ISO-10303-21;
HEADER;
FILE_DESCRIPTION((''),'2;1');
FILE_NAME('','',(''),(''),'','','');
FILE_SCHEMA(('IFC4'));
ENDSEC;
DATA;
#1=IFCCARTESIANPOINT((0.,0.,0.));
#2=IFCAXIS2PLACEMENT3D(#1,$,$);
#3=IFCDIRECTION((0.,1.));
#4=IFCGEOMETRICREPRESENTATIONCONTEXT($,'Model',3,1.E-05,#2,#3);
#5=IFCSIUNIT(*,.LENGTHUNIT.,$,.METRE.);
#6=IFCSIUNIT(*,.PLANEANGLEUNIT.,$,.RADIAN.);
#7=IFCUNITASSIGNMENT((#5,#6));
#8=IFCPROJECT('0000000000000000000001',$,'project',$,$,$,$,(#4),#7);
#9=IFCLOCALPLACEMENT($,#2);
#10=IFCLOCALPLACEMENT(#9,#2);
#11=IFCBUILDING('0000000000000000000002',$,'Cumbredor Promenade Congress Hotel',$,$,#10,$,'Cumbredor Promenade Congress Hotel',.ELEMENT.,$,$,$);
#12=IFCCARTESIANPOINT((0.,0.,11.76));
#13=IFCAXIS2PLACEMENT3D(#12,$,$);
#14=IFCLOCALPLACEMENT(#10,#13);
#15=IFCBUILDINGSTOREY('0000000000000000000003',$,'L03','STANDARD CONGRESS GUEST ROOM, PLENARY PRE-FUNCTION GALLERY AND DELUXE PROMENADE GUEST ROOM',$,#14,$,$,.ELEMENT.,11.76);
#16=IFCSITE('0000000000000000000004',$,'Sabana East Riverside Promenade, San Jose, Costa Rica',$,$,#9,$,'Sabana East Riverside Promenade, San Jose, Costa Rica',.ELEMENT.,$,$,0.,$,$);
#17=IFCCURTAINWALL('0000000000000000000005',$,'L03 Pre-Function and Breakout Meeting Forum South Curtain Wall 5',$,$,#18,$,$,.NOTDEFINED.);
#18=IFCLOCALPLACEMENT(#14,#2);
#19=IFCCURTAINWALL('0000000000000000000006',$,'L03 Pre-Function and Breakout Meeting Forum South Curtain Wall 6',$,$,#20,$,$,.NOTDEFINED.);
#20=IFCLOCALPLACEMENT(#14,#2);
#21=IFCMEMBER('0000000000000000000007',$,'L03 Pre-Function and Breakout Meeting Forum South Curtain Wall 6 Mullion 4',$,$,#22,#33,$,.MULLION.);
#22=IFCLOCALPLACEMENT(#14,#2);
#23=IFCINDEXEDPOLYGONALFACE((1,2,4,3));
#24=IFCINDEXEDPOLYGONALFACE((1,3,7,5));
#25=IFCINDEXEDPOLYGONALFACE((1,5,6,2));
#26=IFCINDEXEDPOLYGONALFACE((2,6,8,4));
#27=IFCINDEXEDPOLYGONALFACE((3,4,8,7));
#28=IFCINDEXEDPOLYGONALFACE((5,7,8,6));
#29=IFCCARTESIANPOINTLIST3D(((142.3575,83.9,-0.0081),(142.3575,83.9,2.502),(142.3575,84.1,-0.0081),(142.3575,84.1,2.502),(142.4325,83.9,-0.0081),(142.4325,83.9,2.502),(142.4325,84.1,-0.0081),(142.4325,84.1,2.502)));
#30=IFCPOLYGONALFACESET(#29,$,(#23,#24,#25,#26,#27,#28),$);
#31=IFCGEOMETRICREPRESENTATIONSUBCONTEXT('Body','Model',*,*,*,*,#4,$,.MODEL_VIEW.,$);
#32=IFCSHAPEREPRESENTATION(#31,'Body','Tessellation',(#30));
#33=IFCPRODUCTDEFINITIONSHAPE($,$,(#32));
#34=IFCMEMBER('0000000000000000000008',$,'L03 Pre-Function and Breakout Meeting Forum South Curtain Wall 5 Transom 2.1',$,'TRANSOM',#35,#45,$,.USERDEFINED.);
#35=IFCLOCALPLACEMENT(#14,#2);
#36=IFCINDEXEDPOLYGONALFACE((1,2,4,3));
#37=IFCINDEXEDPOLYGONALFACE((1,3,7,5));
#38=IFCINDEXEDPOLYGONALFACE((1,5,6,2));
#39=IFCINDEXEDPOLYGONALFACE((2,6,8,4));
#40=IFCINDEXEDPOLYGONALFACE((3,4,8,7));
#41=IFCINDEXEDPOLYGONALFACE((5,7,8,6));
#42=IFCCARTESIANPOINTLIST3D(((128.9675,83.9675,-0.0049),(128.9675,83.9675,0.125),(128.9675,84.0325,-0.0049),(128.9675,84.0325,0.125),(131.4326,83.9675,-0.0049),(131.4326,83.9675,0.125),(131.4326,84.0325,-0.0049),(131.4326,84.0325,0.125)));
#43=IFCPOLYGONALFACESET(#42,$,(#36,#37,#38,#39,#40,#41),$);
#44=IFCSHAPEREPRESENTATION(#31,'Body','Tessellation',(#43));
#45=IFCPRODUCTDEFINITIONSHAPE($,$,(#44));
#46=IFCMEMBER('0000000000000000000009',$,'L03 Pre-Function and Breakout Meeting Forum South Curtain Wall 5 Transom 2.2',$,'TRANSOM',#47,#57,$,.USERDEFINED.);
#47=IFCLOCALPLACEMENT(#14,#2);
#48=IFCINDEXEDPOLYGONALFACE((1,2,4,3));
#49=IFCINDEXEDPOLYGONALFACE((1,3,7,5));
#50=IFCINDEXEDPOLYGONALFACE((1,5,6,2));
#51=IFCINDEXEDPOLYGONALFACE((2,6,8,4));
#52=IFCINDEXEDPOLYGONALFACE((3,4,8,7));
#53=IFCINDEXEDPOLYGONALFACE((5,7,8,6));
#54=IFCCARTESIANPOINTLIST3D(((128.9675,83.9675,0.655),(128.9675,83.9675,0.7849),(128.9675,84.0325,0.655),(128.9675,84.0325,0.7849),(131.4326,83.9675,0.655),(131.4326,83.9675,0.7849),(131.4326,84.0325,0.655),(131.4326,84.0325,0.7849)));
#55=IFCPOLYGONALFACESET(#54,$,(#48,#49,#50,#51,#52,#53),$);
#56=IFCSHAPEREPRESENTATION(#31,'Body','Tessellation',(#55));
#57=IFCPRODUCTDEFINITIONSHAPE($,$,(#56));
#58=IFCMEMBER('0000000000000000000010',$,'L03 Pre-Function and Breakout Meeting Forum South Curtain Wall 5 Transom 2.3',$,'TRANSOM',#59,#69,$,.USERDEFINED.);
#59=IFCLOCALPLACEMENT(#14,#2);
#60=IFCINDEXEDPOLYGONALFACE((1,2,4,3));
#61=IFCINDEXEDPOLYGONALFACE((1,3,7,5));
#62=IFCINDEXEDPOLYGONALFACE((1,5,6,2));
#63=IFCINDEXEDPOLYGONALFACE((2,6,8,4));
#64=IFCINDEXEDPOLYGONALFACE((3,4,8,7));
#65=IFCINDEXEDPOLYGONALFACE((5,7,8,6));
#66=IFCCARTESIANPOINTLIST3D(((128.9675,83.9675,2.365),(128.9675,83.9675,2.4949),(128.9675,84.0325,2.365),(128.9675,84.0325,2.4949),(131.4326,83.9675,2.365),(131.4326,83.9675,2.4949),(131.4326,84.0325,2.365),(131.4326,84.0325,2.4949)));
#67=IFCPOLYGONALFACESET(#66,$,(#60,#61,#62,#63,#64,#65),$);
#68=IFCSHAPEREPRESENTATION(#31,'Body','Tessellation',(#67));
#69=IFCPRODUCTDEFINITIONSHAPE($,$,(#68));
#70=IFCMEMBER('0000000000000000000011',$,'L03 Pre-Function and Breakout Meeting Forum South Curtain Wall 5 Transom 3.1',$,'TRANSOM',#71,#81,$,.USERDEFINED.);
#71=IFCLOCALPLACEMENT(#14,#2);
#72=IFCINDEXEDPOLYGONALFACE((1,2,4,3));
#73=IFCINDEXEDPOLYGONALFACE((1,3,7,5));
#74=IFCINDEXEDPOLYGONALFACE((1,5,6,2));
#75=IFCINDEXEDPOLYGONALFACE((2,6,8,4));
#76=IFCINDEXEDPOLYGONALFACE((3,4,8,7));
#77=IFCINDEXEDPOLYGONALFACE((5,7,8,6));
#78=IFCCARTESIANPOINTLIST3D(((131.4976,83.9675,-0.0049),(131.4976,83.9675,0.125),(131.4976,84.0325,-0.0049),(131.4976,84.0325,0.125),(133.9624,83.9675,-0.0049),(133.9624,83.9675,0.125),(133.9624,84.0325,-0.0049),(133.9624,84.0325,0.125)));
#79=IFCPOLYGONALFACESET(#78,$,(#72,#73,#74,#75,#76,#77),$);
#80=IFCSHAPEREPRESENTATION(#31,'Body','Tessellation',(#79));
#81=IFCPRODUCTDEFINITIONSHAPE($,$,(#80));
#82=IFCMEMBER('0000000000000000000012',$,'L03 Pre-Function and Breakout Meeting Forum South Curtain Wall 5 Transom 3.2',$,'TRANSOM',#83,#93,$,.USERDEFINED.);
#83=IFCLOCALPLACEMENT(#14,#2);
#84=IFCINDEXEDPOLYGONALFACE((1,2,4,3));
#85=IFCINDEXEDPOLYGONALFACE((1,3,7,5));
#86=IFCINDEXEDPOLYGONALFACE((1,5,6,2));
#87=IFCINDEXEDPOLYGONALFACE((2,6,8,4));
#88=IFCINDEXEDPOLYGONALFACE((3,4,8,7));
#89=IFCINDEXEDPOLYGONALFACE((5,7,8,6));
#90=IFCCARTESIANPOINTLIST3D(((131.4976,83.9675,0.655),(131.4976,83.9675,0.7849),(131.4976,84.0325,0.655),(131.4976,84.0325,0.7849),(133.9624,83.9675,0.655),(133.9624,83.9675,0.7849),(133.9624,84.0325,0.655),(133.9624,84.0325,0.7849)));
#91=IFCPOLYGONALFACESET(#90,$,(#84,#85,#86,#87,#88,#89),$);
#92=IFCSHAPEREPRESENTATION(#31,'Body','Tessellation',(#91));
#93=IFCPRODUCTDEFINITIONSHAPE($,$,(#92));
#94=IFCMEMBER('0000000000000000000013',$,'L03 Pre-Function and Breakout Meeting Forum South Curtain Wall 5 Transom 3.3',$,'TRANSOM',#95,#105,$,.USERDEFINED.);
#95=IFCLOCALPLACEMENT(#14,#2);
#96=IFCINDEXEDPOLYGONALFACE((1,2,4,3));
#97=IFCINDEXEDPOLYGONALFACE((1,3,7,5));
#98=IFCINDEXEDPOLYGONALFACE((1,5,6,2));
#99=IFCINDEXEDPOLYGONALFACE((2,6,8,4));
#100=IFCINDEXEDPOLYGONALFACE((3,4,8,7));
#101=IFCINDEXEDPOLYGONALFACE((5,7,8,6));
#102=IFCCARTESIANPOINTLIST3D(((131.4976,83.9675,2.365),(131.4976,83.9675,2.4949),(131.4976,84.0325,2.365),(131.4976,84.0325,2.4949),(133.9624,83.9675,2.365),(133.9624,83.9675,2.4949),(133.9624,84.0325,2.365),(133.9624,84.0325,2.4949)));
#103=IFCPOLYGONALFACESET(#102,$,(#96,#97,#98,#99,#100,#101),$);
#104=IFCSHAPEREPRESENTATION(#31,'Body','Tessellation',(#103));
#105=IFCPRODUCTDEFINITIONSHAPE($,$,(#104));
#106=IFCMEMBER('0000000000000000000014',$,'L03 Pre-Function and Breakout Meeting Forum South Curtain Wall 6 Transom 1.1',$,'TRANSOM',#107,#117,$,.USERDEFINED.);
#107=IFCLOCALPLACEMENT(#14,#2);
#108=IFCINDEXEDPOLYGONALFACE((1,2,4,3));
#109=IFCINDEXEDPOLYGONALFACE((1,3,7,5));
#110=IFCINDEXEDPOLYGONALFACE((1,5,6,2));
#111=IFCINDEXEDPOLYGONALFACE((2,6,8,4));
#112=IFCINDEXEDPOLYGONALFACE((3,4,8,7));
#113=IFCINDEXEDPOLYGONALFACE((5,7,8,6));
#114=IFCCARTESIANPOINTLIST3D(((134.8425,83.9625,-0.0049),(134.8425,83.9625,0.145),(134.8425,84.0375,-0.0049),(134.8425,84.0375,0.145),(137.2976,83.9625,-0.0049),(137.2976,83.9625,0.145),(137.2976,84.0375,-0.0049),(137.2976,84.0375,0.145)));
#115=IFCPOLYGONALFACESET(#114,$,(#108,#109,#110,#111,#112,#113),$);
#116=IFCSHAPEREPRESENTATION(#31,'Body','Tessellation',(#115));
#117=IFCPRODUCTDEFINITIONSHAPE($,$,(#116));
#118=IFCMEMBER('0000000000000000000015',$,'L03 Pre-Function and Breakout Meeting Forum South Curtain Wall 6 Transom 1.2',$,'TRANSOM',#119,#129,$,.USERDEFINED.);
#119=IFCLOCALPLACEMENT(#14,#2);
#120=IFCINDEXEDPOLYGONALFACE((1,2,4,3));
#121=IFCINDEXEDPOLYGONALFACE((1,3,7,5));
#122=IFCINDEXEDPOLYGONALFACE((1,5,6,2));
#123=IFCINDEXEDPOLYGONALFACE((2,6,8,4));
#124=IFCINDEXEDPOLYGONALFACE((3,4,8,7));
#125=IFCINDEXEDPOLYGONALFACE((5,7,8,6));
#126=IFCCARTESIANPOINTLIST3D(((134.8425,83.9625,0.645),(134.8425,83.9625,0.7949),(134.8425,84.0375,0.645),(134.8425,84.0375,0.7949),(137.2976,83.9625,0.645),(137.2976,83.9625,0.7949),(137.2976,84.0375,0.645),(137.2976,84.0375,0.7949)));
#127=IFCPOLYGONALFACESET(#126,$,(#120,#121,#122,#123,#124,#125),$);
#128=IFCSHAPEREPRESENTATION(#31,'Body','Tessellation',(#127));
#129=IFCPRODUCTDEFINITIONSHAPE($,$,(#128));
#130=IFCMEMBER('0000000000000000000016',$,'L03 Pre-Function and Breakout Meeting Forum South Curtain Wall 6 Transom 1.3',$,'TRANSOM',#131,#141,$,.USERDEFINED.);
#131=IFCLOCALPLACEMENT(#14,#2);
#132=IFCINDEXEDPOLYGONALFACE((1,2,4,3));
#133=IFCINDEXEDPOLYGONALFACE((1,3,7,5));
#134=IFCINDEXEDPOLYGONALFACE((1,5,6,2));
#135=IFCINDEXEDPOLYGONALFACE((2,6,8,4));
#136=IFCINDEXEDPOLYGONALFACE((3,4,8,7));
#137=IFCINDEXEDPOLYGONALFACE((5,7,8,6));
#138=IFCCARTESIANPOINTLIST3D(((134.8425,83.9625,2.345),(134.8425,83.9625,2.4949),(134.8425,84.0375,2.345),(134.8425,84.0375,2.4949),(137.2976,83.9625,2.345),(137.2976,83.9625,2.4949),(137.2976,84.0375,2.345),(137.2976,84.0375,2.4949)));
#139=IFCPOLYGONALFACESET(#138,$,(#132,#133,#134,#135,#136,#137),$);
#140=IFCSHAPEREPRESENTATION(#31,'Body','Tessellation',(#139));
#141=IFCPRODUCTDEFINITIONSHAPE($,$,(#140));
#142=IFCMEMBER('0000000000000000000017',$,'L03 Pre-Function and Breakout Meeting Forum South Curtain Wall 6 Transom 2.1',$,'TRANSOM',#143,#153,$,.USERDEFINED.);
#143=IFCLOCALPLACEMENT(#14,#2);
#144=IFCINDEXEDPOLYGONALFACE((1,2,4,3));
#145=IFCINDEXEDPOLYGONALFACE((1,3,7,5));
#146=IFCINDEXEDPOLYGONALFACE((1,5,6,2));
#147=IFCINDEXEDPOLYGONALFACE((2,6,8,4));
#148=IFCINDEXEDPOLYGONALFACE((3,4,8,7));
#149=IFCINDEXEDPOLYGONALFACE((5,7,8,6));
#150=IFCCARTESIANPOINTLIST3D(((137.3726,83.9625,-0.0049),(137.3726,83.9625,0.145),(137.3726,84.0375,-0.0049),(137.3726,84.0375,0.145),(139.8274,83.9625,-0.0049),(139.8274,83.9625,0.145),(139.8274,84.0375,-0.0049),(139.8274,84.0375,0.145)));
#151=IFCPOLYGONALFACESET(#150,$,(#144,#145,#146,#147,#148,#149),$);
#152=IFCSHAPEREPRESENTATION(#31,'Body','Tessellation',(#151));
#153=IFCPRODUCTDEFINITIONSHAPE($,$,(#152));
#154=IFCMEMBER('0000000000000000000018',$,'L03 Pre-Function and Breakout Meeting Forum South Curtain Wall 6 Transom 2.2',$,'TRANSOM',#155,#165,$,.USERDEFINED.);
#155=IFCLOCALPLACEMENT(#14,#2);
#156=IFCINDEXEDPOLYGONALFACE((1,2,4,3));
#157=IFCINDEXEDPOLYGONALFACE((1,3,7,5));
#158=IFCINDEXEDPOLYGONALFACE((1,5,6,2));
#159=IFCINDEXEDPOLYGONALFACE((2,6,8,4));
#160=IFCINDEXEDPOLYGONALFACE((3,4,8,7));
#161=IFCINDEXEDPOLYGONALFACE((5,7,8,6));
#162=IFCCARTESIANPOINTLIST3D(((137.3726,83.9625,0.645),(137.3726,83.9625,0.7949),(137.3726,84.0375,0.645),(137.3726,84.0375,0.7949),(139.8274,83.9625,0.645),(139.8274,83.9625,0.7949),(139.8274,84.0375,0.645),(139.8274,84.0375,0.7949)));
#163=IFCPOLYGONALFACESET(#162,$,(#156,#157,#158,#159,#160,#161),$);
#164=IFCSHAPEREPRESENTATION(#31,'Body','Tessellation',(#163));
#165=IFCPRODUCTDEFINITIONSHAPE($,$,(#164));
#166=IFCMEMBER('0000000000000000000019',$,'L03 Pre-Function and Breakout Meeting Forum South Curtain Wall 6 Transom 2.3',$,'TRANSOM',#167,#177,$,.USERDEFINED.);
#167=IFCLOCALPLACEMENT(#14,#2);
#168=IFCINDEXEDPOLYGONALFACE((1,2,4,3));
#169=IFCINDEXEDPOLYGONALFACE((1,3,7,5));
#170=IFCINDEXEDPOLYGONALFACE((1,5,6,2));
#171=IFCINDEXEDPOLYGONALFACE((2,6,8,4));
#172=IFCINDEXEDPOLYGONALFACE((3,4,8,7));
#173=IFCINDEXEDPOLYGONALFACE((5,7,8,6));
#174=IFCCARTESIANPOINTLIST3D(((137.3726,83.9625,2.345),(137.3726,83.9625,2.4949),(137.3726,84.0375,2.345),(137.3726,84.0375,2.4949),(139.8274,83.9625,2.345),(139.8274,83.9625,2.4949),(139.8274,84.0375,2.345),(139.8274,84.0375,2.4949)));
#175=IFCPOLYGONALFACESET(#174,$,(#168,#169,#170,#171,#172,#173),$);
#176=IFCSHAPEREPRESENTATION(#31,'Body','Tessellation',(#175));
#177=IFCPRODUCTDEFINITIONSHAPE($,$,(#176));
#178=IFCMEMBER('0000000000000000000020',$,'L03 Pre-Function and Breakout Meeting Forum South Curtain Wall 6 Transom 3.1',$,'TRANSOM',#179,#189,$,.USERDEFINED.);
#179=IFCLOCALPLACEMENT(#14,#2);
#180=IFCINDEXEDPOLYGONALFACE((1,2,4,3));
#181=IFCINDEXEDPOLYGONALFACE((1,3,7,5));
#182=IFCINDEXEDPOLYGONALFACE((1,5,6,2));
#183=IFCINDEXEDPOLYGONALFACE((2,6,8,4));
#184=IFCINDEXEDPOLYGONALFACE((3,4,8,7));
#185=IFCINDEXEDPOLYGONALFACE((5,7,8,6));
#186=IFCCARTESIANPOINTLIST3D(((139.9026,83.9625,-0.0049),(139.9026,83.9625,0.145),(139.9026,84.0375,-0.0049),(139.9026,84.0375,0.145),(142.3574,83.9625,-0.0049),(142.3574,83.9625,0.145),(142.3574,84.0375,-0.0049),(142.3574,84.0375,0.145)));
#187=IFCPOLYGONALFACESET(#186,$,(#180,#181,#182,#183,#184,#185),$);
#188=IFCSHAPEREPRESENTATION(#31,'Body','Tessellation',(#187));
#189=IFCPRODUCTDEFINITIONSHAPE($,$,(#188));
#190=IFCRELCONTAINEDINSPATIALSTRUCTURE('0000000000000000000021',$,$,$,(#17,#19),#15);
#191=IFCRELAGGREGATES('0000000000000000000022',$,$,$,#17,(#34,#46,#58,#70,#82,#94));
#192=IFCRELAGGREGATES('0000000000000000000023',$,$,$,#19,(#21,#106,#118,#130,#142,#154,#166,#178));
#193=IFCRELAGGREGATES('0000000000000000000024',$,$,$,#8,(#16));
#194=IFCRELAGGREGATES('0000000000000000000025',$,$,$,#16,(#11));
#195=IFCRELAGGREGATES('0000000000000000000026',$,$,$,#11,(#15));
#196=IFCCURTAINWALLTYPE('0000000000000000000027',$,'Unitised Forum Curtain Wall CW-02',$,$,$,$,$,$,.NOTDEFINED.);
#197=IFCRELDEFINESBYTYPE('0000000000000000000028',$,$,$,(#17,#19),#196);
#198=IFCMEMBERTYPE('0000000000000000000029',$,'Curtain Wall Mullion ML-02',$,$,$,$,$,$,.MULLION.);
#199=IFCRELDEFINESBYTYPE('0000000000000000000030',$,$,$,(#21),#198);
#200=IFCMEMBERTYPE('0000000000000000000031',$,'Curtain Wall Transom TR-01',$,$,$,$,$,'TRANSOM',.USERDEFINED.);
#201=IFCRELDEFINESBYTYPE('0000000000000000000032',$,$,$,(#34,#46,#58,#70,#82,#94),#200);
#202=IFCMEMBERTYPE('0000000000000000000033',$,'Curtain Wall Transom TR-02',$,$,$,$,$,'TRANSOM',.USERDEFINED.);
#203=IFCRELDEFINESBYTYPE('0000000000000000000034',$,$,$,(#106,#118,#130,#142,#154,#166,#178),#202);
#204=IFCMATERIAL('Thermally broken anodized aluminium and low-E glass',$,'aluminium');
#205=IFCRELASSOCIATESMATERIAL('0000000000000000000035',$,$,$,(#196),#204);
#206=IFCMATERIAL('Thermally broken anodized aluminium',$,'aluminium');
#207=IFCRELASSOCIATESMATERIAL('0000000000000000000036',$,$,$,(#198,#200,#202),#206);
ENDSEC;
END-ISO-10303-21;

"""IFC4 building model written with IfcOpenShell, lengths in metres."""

from ifc_helpers import new_model, si_unit, direction, frame, origin, origin_2d, place, context, subcontext, project, spatial, rectangle, extrude, material, material_profile, profile_set, type_object, element, aggregate, save


model = new_model("IFC4")

# Units and contexts
model_context = context("Model", 3, precision=1e-05, world=origin(), true_north=direction((0.0, 1.0)))
body_context = subcontext(model_context, "Body", "Model", "MODEL_VIEW")
ifc_project = project(units=[si_unit("LENGTHUNIT", "METRE"), si_unit("PLANEANGLEUNIT", "RADIAN")], contexts=[model_context])

# Site, building, storey
site_placement = place(None, origin())
site = spatial("IfcSite", under=ifc_project, at=site_placement, Name="Sabana East Riverside Promenade, San Jose, Costa Rica", LongName="Sabana East Riverside Promenade, San Jose, Costa Rica", CompositionType="ELEMENT", RefElevation=0.0)
building_placement = place(site_placement, origin())
building = spatial("IfcBuilding", under=site, at=building_placement, Name="Cumbredor Promenade Congress Hotel", LongName="Cumbredor Promenade Congress Hotel", CompositionType="ELEMENT")
storey_placement = place(building_placement, frame((0.0, 0.0, 11.76)))
storey = spatial("IfcBuildingStorey", under=building, at=storey_placement, Name="L03", Description="STANDARD CONGRESS GUEST ROOM, PLENARY PRE-FUNCTION GALLERY AND DELUXE PROMENADE GUEST ROOM", CompositionType="ELEMENT", Elevation=11.76)

# Curtain walls, member
ifc_material_1 = material(Name="Thermally broken anodized aluminium and low-E glass", Category="aluminium")
curtain_wall_type = type_object("IfcCurtainWallType", Name="Unitised Forum Curtain Wall CW-02", PredefinedType="NOTDEFINED", material=ifc_material_1)
curtain_wall_1_placement = place(storey_placement, origin())
curtain_wall_1 = element("IfcCurtainWall", 1, at=curtain_wall_1_placement, inside=storey, type_object=curtain_wall_type, Name="L03 Pre-Function and Breakout Meeting Forum South Curtain Wall 5", PredefinedType="NOTDEFINED")
ifc_material_2 = material(Name="Thermally broken anodized aluminium", Category="aluminium")
curtain_wall_2_placement = place(storey_placement, origin())
curtain_wall_2 = element("IfcCurtainWall", 2, at=curtain_wall_2_placement, inside=storey, type_object=curtain_wall_type, Name="L03 Pre-Function and Breakout Meeting Forum South Curtain Wall 6", PredefinedType="NOTDEFINED")
ifc_material_profile_1 = material_profile(ifc_material_2, rectangle(XDim=0.075, YDim=0.2, at=origin_2d()), Name="ALU MULLION 75x200")
ifc_profile_set_1 = profile_set([ifc_material_profile_1], Name="Thermally broken anodized aluminium")
member_type_1 = type_object("IfcMemberType", Name="Curtain Wall Mullion ML-02", PredefinedType="MULLION", material=ifc_profile_set_1)
member_1_placement = place(storey_placement, frame((142.395, 84.0, -0.0081), z_axis=(0.0, 0.0, 1.0), x_axis=(1.0, 0.0, 0.0)))
member_1 = element("IfcMember", 3, at=member_1_placement, type_object=member_type_1, Name="L03 Pre-Function and Breakout Meeting Forum South Curtain Wall 6 Mullion 4", PredefinedType="MULLION", context=body_context, shape_type="SweptSolid", body=[
    extrude(rectangle(XDim=0.075, YDim=0.2, at=origin_2d()), origin(), (0.0, 0.0, 1.0), 2.51),
])

# Members
ifc_material_profile_2 = material_profile(ifc_material_2, rectangle(XDim=0.0649, YDim=0.1299, at=origin_2d()), Name="ALU TRANSOM 65x130")
ifc_profile_set_2 = profile_set([ifc_material_profile_2], Name="Thermally broken anodized aluminium")
member_type_2 = type_object("IfcMemberType", Name="Curtain Wall Transom TR-01", ElementType="TRANSOM", PredefinedType="USERDEFINED", material=ifc_profile_set_2)
member_2_placement = place(storey_placement, frame((128.9675, 84.0, 0.0601), z_axis=(1.0, 0.0, 0.0), x_axis=(0.0, 1.0, 0.0)))
member_2 = element("IfcMember", 4, at=member_2_placement, type_object=member_type_2, Name="L03 Pre-Function and Breakout Meeting Forum South Curtain Wall 5 Transom 2.1", ObjectType="TRANSOM", PredefinedType="USERDEFINED", context=body_context, shape_type="SweptSolid", body=[
    extrude(rectangle(XDim=0.0649, YDim=0.1299, at=origin_2d()), origin(), (0.0, 0.0, 1.0), 2.4651),
])
member_3_placement = place(storey_placement, frame((128.9675, 84.0, 0.72), z_axis=(1.0, 0.0, 0.0), x_axis=(0.0, 1.0, 0.0)))
member_3 = element("IfcMember", 5, at=member_3_placement, type_object=member_type_2, Name="L03 Pre-Function and Breakout Meeting Forum South Curtain Wall 5 Transom 2.2", ObjectType="TRANSOM", PredefinedType="USERDEFINED", context=body_context, shape_type="SweptSolid", body=[
    extrude(rectangle(XDim=0.0649, YDim=0.1299, at=origin_2d()), origin(), (0.0, 0.0, 1.0), 2.4651),
])
member_4_placement = place(storey_placement, frame((128.9675, 84.0, 2.4299), z_axis=(1.0, 0.0, 0.0), x_axis=(0.0, 1.0, 0.0)))
member_4 = element("IfcMember", 6, at=member_4_placement, type_object=member_type_2, Name="L03 Pre-Function and Breakout Meeting Forum South Curtain Wall 5 Transom 2.3", ObjectType="TRANSOM", PredefinedType="USERDEFINED", context=body_context, shape_type="SweptSolid", body=[
    extrude(rectangle(XDim=0.0649, YDim=0.1299, at=origin_2d()), origin(), (0.0, 0.0, 1.0), 2.4651),
])
member_5_placement = place(storey_placement, frame((131.4976, 84.0, 0.0601), z_axis=(1.0, 0.0, 0.0), x_axis=(0.0, 1.0, 0.0)))
member_5 = element("IfcMember", 7, at=member_5_placement, type_object=member_type_2, Name="L03 Pre-Function and Breakout Meeting Forum South Curtain Wall 5 Transom 3.1", ObjectType="TRANSOM", PredefinedType="USERDEFINED", context=body_context, shape_type="SweptSolid", body=[
    extrude(rectangle(XDim=0.0649, YDim=0.1299, at=origin_2d()), origin(), (0.0, 0.0, 1.0), 2.4648),
])
member_6_placement = place(storey_placement, frame((131.4976, 84.0, 0.72), z_axis=(1.0, 0.0, 0.0), x_axis=(0.0, 1.0, 0.0)))
member_6 = element("IfcMember", 8, at=member_6_placement, type_object=member_type_2, Name="L03 Pre-Function and Breakout Meeting Forum South Curtain Wall 5 Transom 3.2", ObjectType="TRANSOM", PredefinedType="USERDEFINED", context=body_context, shape_type="SweptSolid", body=[
    extrude(rectangle(XDim=0.0649, YDim=0.1299, at=origin_2d()), origin(), (0.0, 0.0, 1.0), 2.4648),
])
member_7_placement = place(storey_placement, frame((131.4976, 84.0, 2.4299), z_axis=(1.0, 0.0, 0.0), x_axis=(0.0, 1.0, 0.0)))
member_7 = element("IfcMember", 9, at=member_7_placement, type_object=member_type_2, Name="L03 Pre-Function and Breakout Meeting Forum South Curtain Wall 5 Transom 3.3", ObjectType="TRANSOM", PredefinedType="USERDEFINED", context=body_context, shape_type="SweptSolid", body=[
    extrude(rectangle(XDim=0.0649, YDim=0.1299, at=origin_2d()), origin(), (0.0, 0.0, 1.0), 2.4648),
])
ifc_material_profile_3 = material_profile(ifc_material_2, rectangle(XDim=0.075, YDim=0.1499, at=origin_2d()), Name="ALU TRANSOM 75x150")
ifc_profile_set_3 = profile_set([ifc_material_profile_3], Name="Thermally broken anodized aluminium")
member_type_3 = type_object("IfcMemberType", Name="Curtain Wall Transom TR-02", ElementType="TRANSOM", PredefinedType="USERDEFINED", material=ifc_profile_set_3)
member_8_placement = place(storey_placement, frame((134.8425, 84.0, 0.0701), z_axis=(1.0, 0.0, 0.0), x_axis=(0.0, 1.0, 0.0)))
member_8 = element("IfcMember", 10, at=member_8_placement, type_object=member_type_3, Name="L03 Pre-Function and Breakout Meeting Forum South Curtain Wall 6 Transom 1.1", ObjectType="TRANSOM", PredefinedType="USERDEFINED", context=body_context, shape_type="SweptSolid", body=[
    extrude(rectangle(XDim=0.075, YDim=0.1499, at=origin_2d()), origin(), (0.0, 0.0, 1.0), 2.4551),
])
member_9_placement = place(storey_placement, frame((134.8425, 84.0, 0.72), z_axis=(1.0, 0.0, 0.0), x_axis=(0.0, 1.0, 0.0)))
member_9 = element("IfcMember", 11, at=member_9_placement, type_object=member_type_3, Name="L03 Pre-Function and Breakout Meeting Forum South Curtain Wall 6 Transom 1.2", ObjectType="TRANSOM", PredefinedType="USERDEFINED", context=body_context, shape_type="SweptSolid", body=[
    extrude(rectangle(XDim=0.075, YDim=0.1499, at=origin_2d()), origin(), (0.0, 0.0, 1.0), 2.4551),
])
member_10_placement = place(storey_placement, frame((134.8425, 84.0, 2.4199), z_axis=(1.0, 0.0, 0.0), x_axis=(0.0, 1.0, 0.0)))
member_10 = element("IfcMember", 12, at=member_10_placement, type_object=member_type_3, Name="L03 Pre-Function and Breakout Meeting Forum South Curtain Wall 6 Transom 1.3", ObjectType="TRANSOM", PredefinedType="USERDEFINED", context=body_context, shape_type="SweptSolid", body=[
    extrude(rectangle(XDim=0.075, YDim=0.1499, at=origin_2d()), origin(), (0.0, 0.0, 1.0), 2.4551),
])
member_11_placement = place(storey_placement, frame((137.3726, 84.0, 0.0701), z_axis=(1.0, 0.0, 0.0), x_axis=(0.0, 1.0, 0.0)))
member_11 = element("IfcMember", 13, at=member_11_placement, type_object=member_type_3, Name="L03 Pre-Function and Breakout Meeting Forum South Curtain Wall 6 Transom 2.1", ObjectType="TRANSOM", PredefinedType="USERDEFINED", context=body_context, shape_type="SweptSolid", body=[
    extrude(rectangle(XDim=0.075, YDim=0.1499, at=origin_2d()), origin(), (0.0, 0.0, 1.0), 2.4548),
])
member_12_placement = place(storey_placement, frame((137.3726, 84.0, 0.72), z_axis=(1.0, 0.0, 0.0), x_axis=(0.0, 1.0, 0.0)))
member_12 = element("IfcMember", 14, at=member_12_placement, type_object=member_type_3, Name="L03 Pre-Function and Breakout Meeting Forum South Curtain Wall 6 Transom 2.2", ObjectType="TRANSOM", PredefinedType="USERDEFINED", context=body_context, shape_type="SweptSolid", body=[
    extrude(rectangle(XDim=0.075, YDim=0.1499, at=origin_2d()), origin(), (0.0, 0.0, 1.0), 2.4548),
])
member_13_placement = place(storey_placement, frame((137.3726, 84.0, 2.4199), z_axis=(1.0, 0.0, 0.0), x_axis=(0.0, 1.0, 0.0)))
member_13 = element("IfcMember", 15, at=member_13_placement, type_object=member_type_3, Name="L03 Pre-Function and Breakout Meeting Forum South Curtain Wall 6 Transom 2.3", ObjectType="TRANSOM", PredefinedType="USERDEFINED", context=body_context, shape_type="SweptSolid", body=[
    extrude(rectangle(XDim=0.075, YDim=0.1499, at=origin_2d()), origin(), (0.0, 0.0, 1.0), 2.4548),
])
member_14_placement = place(storey_placement, frame((139.9026, 84.0, 0.0701), z_axis=(1.0, 0.0, 0.0), x_axis=(0.0, 1.0, 0.0)))
member_14 = element("IfcMember", 16, at=member_14_placement, type_object=member_type_3, Name="L03 Pre-Function and Breakout Meeting Forum South Curtain Wall 6 Transom 3.1", ObjectType="TRANSOM", PredefinedType="USERDEFINED", context=body_context, shape_type="SweptSolid", body=[
    extrude(rectangle(XDim=0.075, YDim=0.1499, at=origin_2d()), origin(), (0.0, 0.0, 1.0), 2.4548),
])

aggregate(curtain_wall_1, [member_2, member_3, member_4, member_5, member_6, member_7])
aggregate(curtain_wall_2, [member_1, member_8, member_9, member_10, member_11, member_12, member_13, member_14])

save(model, "model.ifc")
